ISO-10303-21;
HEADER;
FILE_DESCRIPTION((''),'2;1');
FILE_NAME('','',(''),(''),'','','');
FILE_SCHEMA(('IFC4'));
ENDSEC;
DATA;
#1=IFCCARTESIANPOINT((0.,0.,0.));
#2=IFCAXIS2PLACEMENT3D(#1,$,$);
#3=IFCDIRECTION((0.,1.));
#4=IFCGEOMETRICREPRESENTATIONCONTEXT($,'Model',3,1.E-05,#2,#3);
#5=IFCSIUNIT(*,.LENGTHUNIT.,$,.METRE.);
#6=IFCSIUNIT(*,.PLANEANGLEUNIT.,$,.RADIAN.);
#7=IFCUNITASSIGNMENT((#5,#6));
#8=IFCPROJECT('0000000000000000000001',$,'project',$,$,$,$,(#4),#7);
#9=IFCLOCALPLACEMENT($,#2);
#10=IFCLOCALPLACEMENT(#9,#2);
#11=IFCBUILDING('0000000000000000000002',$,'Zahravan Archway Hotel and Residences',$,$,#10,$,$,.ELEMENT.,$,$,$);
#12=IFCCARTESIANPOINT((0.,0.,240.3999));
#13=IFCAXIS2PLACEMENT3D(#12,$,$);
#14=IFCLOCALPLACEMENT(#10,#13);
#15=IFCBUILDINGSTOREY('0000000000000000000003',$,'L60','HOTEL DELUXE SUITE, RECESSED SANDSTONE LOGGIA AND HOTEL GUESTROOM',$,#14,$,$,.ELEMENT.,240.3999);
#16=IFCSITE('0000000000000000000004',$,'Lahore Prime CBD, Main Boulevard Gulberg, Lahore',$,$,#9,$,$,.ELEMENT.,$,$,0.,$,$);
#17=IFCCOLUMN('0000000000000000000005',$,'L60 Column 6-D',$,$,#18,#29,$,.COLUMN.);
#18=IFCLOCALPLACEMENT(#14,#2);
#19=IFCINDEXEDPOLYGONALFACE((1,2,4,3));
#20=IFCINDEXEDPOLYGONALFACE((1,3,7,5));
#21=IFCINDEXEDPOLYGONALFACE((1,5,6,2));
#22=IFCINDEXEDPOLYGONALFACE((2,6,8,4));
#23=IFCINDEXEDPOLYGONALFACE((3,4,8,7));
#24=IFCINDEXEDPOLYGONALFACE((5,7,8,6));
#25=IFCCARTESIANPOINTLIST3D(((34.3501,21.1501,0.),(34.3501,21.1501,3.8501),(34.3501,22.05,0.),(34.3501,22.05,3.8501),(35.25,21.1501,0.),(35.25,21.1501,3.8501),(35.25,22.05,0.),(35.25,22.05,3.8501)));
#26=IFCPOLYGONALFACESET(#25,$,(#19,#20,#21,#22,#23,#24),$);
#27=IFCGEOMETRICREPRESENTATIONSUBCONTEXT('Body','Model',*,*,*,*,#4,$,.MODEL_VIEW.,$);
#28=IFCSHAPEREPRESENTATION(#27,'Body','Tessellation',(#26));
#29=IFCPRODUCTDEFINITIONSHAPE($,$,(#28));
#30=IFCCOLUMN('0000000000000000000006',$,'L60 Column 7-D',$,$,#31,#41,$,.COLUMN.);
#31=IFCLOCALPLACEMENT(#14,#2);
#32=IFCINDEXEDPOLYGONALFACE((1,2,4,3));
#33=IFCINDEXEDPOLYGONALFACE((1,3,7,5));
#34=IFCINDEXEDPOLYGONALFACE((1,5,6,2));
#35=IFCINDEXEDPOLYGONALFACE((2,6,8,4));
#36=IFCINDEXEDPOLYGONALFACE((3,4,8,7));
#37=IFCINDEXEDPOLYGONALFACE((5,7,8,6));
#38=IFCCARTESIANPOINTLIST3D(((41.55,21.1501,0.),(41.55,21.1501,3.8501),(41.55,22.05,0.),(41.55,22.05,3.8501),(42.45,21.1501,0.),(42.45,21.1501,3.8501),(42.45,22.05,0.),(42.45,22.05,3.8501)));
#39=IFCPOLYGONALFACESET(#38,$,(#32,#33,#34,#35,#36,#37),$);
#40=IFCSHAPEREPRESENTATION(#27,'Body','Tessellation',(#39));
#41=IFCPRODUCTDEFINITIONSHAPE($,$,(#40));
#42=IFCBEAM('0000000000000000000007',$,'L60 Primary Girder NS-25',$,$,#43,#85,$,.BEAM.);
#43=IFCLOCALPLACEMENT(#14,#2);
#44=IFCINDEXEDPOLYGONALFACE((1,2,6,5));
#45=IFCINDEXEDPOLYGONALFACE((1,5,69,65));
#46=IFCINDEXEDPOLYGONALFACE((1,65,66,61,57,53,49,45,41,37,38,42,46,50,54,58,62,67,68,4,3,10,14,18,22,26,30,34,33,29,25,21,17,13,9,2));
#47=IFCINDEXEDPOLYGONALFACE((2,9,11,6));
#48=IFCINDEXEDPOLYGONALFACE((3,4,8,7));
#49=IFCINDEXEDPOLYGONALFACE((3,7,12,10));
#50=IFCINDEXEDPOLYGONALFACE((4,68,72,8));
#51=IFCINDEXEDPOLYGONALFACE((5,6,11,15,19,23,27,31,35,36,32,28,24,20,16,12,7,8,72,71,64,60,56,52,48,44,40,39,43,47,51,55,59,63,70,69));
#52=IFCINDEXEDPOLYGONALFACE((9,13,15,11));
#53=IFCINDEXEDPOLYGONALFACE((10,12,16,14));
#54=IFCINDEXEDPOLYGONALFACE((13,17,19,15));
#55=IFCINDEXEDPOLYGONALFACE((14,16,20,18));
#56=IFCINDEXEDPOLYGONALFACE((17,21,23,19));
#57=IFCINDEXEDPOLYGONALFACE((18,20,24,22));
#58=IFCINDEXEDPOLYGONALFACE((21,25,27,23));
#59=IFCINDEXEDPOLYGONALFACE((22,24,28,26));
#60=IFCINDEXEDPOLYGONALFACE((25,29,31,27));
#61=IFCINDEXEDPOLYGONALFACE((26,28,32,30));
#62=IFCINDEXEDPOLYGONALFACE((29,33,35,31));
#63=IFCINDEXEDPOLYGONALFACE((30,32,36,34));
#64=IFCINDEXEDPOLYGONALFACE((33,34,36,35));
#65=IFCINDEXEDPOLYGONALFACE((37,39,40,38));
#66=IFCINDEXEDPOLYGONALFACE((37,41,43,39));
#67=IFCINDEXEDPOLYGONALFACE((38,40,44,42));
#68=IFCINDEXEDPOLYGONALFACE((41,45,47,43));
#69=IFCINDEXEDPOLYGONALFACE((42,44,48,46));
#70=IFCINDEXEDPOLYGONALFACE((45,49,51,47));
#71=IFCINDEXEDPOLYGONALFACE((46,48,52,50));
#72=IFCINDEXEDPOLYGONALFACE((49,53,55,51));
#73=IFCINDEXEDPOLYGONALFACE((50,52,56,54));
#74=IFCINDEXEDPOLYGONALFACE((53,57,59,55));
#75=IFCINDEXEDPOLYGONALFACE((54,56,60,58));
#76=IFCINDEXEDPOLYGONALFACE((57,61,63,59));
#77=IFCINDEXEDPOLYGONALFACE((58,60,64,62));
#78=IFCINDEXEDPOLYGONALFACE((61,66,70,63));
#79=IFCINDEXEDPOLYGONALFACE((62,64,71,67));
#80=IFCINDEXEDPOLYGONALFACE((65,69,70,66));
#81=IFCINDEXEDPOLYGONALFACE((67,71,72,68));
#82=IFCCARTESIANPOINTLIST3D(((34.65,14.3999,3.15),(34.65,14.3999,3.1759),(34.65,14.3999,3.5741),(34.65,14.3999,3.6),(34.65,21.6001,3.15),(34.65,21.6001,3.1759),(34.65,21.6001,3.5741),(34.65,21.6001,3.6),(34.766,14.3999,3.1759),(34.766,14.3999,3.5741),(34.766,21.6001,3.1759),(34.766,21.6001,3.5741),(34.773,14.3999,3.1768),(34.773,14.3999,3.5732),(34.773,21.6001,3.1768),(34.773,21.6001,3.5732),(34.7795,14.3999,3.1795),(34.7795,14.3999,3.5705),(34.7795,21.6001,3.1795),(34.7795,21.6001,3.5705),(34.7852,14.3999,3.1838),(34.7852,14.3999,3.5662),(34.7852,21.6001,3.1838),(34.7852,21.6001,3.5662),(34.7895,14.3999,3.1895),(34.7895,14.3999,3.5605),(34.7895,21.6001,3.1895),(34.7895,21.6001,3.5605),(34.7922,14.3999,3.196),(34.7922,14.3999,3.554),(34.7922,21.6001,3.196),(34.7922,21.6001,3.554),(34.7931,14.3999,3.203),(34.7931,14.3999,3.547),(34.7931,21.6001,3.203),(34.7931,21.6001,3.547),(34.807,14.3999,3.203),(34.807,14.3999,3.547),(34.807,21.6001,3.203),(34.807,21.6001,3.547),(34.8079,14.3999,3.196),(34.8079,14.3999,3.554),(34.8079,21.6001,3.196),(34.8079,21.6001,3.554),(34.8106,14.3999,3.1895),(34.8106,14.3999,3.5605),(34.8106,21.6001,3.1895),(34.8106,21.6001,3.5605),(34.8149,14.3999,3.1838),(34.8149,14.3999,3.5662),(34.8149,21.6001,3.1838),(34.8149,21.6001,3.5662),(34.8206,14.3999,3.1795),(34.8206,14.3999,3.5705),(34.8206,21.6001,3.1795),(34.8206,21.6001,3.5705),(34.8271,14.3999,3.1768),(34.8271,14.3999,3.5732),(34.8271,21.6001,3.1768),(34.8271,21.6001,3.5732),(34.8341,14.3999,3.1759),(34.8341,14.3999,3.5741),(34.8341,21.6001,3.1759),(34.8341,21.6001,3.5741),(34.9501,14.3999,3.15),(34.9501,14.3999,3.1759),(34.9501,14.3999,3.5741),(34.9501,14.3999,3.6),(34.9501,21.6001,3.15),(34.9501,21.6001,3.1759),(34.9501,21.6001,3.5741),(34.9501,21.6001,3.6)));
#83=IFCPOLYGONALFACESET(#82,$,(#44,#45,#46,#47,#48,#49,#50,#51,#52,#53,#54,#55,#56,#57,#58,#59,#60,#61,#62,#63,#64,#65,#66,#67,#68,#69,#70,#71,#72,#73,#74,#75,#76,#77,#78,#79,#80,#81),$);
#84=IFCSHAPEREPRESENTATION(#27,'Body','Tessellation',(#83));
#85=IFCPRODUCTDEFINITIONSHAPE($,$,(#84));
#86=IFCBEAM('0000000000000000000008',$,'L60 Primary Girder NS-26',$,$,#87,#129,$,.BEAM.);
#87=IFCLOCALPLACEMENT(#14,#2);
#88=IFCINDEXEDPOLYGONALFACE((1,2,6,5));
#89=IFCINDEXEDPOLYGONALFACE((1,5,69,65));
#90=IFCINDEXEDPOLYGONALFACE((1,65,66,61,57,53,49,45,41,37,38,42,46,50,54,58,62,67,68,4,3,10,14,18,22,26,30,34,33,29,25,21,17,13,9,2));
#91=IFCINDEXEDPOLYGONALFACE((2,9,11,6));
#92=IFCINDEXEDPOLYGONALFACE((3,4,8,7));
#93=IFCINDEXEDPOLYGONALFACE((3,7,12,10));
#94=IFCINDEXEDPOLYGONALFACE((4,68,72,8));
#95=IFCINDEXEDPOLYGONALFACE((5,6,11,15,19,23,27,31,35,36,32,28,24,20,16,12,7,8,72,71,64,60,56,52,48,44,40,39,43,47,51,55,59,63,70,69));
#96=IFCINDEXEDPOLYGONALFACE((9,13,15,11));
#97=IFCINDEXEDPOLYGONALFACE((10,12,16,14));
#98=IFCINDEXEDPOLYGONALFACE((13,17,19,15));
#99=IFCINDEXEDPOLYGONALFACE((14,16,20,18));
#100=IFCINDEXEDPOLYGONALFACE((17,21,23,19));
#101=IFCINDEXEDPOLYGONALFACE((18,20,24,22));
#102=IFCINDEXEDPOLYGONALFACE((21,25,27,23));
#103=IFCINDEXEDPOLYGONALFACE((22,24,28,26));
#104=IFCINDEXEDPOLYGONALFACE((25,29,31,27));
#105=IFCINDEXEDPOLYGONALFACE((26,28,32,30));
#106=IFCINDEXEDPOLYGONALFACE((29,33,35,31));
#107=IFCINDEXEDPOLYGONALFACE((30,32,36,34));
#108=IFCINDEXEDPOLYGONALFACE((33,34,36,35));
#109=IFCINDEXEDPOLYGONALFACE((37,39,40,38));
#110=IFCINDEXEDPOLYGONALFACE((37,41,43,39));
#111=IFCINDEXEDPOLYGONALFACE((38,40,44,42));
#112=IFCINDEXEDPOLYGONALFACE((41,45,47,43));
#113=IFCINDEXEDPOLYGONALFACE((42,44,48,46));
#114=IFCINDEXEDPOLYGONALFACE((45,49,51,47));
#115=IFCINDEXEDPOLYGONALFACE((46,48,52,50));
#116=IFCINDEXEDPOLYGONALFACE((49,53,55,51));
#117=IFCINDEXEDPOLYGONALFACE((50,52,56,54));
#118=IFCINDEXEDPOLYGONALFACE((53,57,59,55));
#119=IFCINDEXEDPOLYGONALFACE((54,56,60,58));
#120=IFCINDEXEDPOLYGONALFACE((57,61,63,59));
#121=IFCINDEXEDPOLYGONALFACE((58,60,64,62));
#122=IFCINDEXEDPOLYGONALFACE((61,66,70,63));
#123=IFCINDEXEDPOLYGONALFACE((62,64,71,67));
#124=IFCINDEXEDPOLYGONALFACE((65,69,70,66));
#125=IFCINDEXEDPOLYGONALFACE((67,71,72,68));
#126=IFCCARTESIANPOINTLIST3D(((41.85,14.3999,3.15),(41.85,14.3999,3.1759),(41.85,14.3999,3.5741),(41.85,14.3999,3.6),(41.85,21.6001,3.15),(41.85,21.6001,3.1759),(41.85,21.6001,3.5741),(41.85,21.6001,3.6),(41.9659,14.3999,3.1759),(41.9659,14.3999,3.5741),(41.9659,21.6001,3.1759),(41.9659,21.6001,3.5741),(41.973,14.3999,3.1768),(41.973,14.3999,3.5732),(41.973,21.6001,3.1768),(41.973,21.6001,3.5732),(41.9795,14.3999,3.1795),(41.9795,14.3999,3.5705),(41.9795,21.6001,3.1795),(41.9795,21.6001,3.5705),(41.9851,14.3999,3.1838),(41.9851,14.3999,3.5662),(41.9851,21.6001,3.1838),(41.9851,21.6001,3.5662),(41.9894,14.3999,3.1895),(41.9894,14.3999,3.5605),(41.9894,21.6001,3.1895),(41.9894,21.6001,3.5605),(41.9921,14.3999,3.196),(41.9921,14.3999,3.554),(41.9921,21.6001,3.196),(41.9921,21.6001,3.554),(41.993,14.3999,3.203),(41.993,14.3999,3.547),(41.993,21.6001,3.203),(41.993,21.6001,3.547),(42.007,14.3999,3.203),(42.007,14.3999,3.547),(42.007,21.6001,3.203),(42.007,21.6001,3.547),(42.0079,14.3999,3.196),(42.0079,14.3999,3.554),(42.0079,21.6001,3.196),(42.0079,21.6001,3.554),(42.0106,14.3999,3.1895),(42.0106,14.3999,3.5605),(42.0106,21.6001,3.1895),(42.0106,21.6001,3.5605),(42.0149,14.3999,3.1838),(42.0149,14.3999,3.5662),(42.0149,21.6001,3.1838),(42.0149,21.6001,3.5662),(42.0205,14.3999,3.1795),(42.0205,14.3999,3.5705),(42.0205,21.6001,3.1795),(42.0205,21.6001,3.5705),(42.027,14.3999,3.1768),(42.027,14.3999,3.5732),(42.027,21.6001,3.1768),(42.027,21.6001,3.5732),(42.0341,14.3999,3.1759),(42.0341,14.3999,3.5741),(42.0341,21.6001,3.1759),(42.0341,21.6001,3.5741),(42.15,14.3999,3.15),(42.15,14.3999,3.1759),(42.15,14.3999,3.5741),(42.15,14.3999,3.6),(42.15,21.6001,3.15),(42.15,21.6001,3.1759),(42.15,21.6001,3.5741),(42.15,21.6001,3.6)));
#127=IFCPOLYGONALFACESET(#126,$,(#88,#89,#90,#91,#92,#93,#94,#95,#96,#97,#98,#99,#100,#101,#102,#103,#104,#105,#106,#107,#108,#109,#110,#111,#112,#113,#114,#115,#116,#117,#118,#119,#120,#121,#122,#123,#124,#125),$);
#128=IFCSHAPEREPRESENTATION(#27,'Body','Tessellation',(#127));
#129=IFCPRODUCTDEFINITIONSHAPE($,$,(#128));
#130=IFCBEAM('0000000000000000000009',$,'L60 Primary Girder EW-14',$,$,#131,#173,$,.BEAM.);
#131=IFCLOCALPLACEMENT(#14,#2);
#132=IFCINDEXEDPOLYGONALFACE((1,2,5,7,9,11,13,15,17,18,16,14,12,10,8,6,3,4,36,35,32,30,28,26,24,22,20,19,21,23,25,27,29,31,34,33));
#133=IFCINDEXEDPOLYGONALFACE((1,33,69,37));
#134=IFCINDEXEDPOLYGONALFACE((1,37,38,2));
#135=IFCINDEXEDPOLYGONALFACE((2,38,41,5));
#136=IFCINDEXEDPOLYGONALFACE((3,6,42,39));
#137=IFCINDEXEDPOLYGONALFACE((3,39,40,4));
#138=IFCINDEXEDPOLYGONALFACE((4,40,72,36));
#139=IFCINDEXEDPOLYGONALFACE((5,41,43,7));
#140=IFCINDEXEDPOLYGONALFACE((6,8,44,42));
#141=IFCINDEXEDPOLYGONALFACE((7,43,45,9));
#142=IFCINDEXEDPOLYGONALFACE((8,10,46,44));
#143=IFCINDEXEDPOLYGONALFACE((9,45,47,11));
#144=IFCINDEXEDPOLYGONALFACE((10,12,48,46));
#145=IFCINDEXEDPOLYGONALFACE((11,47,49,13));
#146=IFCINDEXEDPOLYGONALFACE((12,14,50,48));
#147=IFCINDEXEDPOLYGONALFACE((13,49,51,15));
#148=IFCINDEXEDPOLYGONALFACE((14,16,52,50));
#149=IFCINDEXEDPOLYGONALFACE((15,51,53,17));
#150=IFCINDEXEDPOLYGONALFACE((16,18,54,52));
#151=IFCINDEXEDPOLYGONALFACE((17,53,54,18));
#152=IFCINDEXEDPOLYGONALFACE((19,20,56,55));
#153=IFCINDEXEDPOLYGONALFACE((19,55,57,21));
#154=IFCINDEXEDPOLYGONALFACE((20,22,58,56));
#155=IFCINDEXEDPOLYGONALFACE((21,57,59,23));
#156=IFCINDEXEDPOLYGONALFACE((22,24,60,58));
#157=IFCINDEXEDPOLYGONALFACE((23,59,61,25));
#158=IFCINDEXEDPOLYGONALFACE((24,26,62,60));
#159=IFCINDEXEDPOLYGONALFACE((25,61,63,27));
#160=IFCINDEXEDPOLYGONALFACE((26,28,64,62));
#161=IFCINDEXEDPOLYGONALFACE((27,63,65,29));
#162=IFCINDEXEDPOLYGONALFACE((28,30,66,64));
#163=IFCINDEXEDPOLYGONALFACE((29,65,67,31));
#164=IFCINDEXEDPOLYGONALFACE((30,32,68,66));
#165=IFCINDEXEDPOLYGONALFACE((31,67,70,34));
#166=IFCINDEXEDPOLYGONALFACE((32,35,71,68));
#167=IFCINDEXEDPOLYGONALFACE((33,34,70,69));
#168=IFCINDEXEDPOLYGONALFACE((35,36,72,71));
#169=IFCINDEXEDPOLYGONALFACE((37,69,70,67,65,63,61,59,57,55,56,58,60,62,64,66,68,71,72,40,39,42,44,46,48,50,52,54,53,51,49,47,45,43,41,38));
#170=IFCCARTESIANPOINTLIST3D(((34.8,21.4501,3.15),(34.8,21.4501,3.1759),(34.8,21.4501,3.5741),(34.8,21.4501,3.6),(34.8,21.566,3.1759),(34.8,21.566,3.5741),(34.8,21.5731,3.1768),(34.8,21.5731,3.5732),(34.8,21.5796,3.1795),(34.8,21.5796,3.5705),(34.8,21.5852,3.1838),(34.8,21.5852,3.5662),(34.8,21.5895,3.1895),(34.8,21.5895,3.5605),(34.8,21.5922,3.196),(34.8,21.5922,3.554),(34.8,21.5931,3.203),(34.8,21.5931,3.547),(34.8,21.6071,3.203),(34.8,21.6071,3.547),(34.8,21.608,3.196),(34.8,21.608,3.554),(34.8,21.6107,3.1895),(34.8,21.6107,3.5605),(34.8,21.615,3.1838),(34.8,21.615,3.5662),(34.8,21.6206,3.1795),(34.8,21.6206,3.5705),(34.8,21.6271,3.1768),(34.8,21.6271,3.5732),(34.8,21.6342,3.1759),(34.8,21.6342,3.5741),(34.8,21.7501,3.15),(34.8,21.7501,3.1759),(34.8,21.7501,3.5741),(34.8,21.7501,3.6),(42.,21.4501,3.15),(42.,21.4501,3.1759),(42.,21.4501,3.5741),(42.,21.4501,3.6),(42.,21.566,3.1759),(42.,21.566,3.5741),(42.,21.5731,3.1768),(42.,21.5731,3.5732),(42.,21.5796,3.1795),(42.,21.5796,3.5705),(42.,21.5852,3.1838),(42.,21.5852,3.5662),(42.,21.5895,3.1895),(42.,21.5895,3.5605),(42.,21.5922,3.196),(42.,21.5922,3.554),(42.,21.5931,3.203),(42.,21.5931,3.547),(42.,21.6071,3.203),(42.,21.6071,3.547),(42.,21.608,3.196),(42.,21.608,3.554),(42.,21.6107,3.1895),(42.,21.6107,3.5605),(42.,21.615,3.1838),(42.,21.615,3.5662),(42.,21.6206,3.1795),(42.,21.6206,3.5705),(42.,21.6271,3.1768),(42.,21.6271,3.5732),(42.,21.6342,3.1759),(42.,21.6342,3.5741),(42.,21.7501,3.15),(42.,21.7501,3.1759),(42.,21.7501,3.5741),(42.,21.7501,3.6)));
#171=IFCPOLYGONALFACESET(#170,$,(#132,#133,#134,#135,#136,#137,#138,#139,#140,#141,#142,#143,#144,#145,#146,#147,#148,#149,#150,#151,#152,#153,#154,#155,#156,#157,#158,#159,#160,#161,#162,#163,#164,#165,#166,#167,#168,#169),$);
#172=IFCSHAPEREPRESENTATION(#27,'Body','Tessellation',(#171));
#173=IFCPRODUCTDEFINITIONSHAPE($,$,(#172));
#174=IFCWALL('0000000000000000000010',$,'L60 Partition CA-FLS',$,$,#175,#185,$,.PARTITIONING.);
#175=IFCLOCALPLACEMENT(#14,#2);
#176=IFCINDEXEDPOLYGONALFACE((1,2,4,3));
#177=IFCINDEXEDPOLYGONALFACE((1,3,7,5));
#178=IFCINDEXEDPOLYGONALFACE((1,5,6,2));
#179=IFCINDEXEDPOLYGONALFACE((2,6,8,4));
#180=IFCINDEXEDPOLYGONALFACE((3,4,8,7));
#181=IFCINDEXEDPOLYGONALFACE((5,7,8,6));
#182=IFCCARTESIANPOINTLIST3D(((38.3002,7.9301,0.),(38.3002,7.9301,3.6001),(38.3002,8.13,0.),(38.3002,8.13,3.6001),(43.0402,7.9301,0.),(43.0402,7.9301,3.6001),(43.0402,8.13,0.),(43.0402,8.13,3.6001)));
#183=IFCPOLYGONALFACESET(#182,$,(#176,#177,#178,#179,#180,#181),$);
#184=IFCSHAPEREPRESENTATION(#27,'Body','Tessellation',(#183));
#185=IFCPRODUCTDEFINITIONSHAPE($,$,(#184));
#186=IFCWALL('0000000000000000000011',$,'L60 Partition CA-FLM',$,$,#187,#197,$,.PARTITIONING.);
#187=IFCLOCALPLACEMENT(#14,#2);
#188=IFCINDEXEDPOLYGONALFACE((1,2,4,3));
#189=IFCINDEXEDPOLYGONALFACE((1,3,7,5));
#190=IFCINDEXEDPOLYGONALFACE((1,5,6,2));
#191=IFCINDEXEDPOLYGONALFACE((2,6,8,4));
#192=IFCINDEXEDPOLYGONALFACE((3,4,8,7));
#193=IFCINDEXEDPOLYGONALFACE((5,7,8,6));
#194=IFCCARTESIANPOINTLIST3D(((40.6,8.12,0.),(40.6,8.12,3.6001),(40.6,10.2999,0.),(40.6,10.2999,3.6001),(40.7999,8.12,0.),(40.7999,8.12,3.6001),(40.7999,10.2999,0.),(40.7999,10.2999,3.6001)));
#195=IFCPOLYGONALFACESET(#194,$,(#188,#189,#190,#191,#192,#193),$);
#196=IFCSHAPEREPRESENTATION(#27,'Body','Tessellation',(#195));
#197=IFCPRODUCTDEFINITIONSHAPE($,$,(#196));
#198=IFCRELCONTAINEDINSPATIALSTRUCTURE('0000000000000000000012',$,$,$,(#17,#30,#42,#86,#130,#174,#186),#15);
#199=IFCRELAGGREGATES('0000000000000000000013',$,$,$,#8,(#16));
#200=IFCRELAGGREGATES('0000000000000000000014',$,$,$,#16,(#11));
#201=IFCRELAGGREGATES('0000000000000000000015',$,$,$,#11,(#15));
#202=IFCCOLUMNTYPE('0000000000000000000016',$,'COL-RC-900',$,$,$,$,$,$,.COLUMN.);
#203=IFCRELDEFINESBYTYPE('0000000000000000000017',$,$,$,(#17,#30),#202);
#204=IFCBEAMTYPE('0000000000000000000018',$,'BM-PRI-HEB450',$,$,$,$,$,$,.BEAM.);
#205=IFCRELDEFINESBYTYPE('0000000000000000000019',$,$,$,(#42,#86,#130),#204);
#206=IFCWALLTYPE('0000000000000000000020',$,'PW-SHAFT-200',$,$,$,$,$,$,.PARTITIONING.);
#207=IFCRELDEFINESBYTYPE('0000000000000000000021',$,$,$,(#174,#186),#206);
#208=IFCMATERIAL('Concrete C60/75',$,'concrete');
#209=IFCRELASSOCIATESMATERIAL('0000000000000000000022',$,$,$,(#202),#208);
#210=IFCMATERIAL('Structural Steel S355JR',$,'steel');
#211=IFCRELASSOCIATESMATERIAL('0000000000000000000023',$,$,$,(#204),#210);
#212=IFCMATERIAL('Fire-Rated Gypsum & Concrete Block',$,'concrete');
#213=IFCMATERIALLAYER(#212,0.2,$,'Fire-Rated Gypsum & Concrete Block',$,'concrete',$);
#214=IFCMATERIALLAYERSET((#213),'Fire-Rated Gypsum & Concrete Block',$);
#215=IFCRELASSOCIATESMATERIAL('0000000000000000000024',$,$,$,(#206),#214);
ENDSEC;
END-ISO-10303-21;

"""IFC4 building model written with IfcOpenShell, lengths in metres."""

from ifc_helpers import new_model, si_unit, direction, frame, frame_2d, origin, origin_2d, place, context, subcontext, project, spatial, rectangle, i_section, extrude, source, transform, mapped, material, layer, layer_set, material_profile, profile_set, type_object, type_shapes, element, save


model = new_model("IFC4")

# Units and contexts
model_context = context("Model", 3, precision=1e-05, world=origin(), true_north=direction((0.0, 1.0)))
body_context = subcontext(model_context, "Body", "Model", "MODEL_VIEW")
ifc_project = project(units=[si_unit("LENGTHUNIT", "METRE"), si_unit("PLANEANGLEUNIT", "RADIAN")], contexts=[model_context])

# Site, building, storey
site_placement = place(None, origin())
site = spatial("IfcSite", under=ifc_project, at=site_placement, Name="Lahore Prime CBD, Main Boulevard Gulberg, Lahore", CompositionType="ELEMENT", RefElevation=0.0)
building_placement = place(site_placement, origin())
building = spatial("IfcBuilding", under=site, at=building_placement, Name="Zahravan Archway Hotel and Residences", CompositionType="ELEMENT")
storey_placement = place(building_placement, frame((0.0, 0.0, 240.3999)))
storey = spatial("IfcBuildingStorey", under=building, at=storey_placement, Name="L60", Description="HOTEL DELUXE SUITE, RECESSED SANDSTONE LOGGIA AND HOTEL GUESTROOM", CompositionType="ELEMENT", Elevation=240.3999)

# Columns
ifc_material_1 = material(Name="Concrete C60/75", Category="concrete")
ifc_material_profile_1 = material_profile(ifc_material_1, rectangle(XDim=0.8999, YDim=0.8999, at=origin_2d()), Name="RC-COL-900x900", Category="concrete")
ifc_profile_set_1 = profile_set([ifc_material_profile_1], Name="Concrete C60/75")
column_type = type_object("IfcColumnType", Name="COL-RC-900", PredefinedType="COLUMN", material=ifc_profile_set_1)
shared_shape_1 = source(origin(), body_context, "Body", "SweptSolid", [
    extrude(rectangle(XDim=0.8999, YDim=0.8999, at=origin_2d()), origin(), (0.0, 0.0, 1.0), 3.8501),
])
type_shapes(column_type, [shared_shape_1])
for number, where, z_axis, x_axis, name in (
    (1, (34.8, 21.6001, 0.0), (0.0, 0.0, 1.0), (1.0, 0.0, 0.0), "L60 Column 6-D"),
    (2, (42.0, 21.6001, 0.0), (0.0, 0.0, 1.0), (1.0, 0.0, 0.0), "L60 Column 7-D"),
):
    element("IfcColumn", number, at=place(storey_placement, frame(where, z_axis=z_axis, x_axis=x_axis)), inside=storey, type_object=column_type, Name=name, PredefinedType="COLUMN", context=body_context, shape_type="MappedRepresentation", body=[
        mapped(shared_shape_1, transform((0.0, 0.0, 0.0), scale=1.0)),
    ])

# Beams
ifc_material_2 = material(Name="Structural Steel S355JR", Category="steel")
ifc_material_profile_2 = material_profile(ifc_material_2, i_section(OverallWidth=0.3, OverallDepth=0.45, WebThickness=0.0139, FlangeThickness=0.0259, FilletRadius=0.0271, at=origin_2d()), Name="HEB 450", Category="steel")
ifc_profile_set_2 = profile_set([ifc_material_profile_2], Name="Structural Steel S355JR")
beam_type = type_object("IfcBeamType", Name="BM-PRI-HEB450", PredefinedType="BEAM", material=ifc_profile_set_2)
shared_shape_2 = source(origin(), body_context, "Body", "SweptSolid", [
    extrude(i_section(OverallWidth=0.3, OverallDepth=0.45, WebThickness=0.0139, FlangeThickness=0.0259, FilletRadius=0.0271, at=origin_2d()), origin(), (0.0, 0.0, 1.0), 7.2002),
])
type_shapes(beam_type, [shared_shape_2])
for number, where, z_axis, x_axis, name in (
    (3, (34.8, 14.3999, 3.375), (0.0, 1.0, 0.0), (-1.0, 0.0, 0.0), "L60 Primary Girder NS-25"),
    (4, (42.0, 14.3999, 3.375), (0.0, 1.0, 0.0), (-1.0, 0.0, 0.0), "L60 Primary Girder NS-26"),
):
    element("IfcBeam", number, at=place(storey_placement, frame(where, z_axis=z_axis, x_axis=x_axis)), inside=storey, type_object=beam_type, Name=name, PredefinedType="BEAM", context=body_context, shape_type="MappedRepresentation", body=[
        mapped(shared_shape_2, transform((0.0, 0.0, 0.0), scale=1.0)),
    ])
shared_shape_3 = source(origin(), body_context, "Body", "SweptSolid", [
    extrude(i_section(OverallWidth=0.3, OverallDepth=0.45, WebThickness=0.0139, FlangeThickness=0.0259, FilletRadius=0.0271, at=origin_2d()), origin(), (0.0, 0.0, 1.0), 7.2),
])
beam_placement = place(storey_placement, frame((34.8, 21.6001, 3.375), z_axis=(1.0, 0.0, 0.0), x_axis=(0.0, 1.0, 0.0)))
element("IfcBeam", 5, at=beam_placement, inside=storey, type_object=beam_type, Name="L60 Primary Girder EW-14", PredefinedType="BEAM", context=body_context, shape_type="MappedRepresentation", body=[
    mapped(shared_shape_3, transform((0.0, 0.0, 0.0), scale=1.0)),
])

# Shared definitions
ifc_material_3 = material(Name="Fire-Rated Gypsum & Concrete Block", Category="concrete")

# Walls
ifc_layer_1 = layer(ifc_material_3, 0.2, Name="Fire-Rated Gypsum & Concrete Block", Category="concrete")
ifc_layer_set_1 = layer_set([ifc_layer_1], Name="Fire-Rated Gypsum & Concrete Block")
wall_type_1 = type_object("IfcWallType", Name="PW-SHAFT-200", PredefinedType="PARTITIONING", material=ifc_layer_set_1)
wall_1_placement = place(storey_placement, frame((38.3, 8.03, 0.0), z_axis=(0.0, 0.0, 1.0), x_axis=(1.0, 0.0, 0.0)))
element("IfcWall", 6, at=wall_1_placement, inside=storey, type_object=wall_type_1, Name="L60 Partition CA-FLS", PredefinedType="PARTITIONING", context=body_context, shape_type="SweptSolid", body=[
    extrude(rectangle(XDim=4.74, YDim=0.2, at=frame_2d((2.3701, 0.0))), origin(), (0.0, 0.0, 1.0), 3.6001),
])
wall_2_placement = place(storey_placement, frame((40.7, 8.1201, 0.0), z_axis=(0.0, 0.0, 1.0), x_axis=(0.0, 1.0, 0.0)))
element("IfcWall", 7, at=wall_2_placement, inside=storey, type_object=wall_type_1, Name="L60 Partition CA-FLM", PredefinedType="PARTITIONING", context=body_context, shape_type="SweptSolid", body=[
    extrude(rectangle(XDim=2.1799, YDim=0.2, at=frame_2d((1.0898, 0.0))), origin(), (0.0, 0.0, 1.0), 3.6001),
])

save(model, "model.ifc")
